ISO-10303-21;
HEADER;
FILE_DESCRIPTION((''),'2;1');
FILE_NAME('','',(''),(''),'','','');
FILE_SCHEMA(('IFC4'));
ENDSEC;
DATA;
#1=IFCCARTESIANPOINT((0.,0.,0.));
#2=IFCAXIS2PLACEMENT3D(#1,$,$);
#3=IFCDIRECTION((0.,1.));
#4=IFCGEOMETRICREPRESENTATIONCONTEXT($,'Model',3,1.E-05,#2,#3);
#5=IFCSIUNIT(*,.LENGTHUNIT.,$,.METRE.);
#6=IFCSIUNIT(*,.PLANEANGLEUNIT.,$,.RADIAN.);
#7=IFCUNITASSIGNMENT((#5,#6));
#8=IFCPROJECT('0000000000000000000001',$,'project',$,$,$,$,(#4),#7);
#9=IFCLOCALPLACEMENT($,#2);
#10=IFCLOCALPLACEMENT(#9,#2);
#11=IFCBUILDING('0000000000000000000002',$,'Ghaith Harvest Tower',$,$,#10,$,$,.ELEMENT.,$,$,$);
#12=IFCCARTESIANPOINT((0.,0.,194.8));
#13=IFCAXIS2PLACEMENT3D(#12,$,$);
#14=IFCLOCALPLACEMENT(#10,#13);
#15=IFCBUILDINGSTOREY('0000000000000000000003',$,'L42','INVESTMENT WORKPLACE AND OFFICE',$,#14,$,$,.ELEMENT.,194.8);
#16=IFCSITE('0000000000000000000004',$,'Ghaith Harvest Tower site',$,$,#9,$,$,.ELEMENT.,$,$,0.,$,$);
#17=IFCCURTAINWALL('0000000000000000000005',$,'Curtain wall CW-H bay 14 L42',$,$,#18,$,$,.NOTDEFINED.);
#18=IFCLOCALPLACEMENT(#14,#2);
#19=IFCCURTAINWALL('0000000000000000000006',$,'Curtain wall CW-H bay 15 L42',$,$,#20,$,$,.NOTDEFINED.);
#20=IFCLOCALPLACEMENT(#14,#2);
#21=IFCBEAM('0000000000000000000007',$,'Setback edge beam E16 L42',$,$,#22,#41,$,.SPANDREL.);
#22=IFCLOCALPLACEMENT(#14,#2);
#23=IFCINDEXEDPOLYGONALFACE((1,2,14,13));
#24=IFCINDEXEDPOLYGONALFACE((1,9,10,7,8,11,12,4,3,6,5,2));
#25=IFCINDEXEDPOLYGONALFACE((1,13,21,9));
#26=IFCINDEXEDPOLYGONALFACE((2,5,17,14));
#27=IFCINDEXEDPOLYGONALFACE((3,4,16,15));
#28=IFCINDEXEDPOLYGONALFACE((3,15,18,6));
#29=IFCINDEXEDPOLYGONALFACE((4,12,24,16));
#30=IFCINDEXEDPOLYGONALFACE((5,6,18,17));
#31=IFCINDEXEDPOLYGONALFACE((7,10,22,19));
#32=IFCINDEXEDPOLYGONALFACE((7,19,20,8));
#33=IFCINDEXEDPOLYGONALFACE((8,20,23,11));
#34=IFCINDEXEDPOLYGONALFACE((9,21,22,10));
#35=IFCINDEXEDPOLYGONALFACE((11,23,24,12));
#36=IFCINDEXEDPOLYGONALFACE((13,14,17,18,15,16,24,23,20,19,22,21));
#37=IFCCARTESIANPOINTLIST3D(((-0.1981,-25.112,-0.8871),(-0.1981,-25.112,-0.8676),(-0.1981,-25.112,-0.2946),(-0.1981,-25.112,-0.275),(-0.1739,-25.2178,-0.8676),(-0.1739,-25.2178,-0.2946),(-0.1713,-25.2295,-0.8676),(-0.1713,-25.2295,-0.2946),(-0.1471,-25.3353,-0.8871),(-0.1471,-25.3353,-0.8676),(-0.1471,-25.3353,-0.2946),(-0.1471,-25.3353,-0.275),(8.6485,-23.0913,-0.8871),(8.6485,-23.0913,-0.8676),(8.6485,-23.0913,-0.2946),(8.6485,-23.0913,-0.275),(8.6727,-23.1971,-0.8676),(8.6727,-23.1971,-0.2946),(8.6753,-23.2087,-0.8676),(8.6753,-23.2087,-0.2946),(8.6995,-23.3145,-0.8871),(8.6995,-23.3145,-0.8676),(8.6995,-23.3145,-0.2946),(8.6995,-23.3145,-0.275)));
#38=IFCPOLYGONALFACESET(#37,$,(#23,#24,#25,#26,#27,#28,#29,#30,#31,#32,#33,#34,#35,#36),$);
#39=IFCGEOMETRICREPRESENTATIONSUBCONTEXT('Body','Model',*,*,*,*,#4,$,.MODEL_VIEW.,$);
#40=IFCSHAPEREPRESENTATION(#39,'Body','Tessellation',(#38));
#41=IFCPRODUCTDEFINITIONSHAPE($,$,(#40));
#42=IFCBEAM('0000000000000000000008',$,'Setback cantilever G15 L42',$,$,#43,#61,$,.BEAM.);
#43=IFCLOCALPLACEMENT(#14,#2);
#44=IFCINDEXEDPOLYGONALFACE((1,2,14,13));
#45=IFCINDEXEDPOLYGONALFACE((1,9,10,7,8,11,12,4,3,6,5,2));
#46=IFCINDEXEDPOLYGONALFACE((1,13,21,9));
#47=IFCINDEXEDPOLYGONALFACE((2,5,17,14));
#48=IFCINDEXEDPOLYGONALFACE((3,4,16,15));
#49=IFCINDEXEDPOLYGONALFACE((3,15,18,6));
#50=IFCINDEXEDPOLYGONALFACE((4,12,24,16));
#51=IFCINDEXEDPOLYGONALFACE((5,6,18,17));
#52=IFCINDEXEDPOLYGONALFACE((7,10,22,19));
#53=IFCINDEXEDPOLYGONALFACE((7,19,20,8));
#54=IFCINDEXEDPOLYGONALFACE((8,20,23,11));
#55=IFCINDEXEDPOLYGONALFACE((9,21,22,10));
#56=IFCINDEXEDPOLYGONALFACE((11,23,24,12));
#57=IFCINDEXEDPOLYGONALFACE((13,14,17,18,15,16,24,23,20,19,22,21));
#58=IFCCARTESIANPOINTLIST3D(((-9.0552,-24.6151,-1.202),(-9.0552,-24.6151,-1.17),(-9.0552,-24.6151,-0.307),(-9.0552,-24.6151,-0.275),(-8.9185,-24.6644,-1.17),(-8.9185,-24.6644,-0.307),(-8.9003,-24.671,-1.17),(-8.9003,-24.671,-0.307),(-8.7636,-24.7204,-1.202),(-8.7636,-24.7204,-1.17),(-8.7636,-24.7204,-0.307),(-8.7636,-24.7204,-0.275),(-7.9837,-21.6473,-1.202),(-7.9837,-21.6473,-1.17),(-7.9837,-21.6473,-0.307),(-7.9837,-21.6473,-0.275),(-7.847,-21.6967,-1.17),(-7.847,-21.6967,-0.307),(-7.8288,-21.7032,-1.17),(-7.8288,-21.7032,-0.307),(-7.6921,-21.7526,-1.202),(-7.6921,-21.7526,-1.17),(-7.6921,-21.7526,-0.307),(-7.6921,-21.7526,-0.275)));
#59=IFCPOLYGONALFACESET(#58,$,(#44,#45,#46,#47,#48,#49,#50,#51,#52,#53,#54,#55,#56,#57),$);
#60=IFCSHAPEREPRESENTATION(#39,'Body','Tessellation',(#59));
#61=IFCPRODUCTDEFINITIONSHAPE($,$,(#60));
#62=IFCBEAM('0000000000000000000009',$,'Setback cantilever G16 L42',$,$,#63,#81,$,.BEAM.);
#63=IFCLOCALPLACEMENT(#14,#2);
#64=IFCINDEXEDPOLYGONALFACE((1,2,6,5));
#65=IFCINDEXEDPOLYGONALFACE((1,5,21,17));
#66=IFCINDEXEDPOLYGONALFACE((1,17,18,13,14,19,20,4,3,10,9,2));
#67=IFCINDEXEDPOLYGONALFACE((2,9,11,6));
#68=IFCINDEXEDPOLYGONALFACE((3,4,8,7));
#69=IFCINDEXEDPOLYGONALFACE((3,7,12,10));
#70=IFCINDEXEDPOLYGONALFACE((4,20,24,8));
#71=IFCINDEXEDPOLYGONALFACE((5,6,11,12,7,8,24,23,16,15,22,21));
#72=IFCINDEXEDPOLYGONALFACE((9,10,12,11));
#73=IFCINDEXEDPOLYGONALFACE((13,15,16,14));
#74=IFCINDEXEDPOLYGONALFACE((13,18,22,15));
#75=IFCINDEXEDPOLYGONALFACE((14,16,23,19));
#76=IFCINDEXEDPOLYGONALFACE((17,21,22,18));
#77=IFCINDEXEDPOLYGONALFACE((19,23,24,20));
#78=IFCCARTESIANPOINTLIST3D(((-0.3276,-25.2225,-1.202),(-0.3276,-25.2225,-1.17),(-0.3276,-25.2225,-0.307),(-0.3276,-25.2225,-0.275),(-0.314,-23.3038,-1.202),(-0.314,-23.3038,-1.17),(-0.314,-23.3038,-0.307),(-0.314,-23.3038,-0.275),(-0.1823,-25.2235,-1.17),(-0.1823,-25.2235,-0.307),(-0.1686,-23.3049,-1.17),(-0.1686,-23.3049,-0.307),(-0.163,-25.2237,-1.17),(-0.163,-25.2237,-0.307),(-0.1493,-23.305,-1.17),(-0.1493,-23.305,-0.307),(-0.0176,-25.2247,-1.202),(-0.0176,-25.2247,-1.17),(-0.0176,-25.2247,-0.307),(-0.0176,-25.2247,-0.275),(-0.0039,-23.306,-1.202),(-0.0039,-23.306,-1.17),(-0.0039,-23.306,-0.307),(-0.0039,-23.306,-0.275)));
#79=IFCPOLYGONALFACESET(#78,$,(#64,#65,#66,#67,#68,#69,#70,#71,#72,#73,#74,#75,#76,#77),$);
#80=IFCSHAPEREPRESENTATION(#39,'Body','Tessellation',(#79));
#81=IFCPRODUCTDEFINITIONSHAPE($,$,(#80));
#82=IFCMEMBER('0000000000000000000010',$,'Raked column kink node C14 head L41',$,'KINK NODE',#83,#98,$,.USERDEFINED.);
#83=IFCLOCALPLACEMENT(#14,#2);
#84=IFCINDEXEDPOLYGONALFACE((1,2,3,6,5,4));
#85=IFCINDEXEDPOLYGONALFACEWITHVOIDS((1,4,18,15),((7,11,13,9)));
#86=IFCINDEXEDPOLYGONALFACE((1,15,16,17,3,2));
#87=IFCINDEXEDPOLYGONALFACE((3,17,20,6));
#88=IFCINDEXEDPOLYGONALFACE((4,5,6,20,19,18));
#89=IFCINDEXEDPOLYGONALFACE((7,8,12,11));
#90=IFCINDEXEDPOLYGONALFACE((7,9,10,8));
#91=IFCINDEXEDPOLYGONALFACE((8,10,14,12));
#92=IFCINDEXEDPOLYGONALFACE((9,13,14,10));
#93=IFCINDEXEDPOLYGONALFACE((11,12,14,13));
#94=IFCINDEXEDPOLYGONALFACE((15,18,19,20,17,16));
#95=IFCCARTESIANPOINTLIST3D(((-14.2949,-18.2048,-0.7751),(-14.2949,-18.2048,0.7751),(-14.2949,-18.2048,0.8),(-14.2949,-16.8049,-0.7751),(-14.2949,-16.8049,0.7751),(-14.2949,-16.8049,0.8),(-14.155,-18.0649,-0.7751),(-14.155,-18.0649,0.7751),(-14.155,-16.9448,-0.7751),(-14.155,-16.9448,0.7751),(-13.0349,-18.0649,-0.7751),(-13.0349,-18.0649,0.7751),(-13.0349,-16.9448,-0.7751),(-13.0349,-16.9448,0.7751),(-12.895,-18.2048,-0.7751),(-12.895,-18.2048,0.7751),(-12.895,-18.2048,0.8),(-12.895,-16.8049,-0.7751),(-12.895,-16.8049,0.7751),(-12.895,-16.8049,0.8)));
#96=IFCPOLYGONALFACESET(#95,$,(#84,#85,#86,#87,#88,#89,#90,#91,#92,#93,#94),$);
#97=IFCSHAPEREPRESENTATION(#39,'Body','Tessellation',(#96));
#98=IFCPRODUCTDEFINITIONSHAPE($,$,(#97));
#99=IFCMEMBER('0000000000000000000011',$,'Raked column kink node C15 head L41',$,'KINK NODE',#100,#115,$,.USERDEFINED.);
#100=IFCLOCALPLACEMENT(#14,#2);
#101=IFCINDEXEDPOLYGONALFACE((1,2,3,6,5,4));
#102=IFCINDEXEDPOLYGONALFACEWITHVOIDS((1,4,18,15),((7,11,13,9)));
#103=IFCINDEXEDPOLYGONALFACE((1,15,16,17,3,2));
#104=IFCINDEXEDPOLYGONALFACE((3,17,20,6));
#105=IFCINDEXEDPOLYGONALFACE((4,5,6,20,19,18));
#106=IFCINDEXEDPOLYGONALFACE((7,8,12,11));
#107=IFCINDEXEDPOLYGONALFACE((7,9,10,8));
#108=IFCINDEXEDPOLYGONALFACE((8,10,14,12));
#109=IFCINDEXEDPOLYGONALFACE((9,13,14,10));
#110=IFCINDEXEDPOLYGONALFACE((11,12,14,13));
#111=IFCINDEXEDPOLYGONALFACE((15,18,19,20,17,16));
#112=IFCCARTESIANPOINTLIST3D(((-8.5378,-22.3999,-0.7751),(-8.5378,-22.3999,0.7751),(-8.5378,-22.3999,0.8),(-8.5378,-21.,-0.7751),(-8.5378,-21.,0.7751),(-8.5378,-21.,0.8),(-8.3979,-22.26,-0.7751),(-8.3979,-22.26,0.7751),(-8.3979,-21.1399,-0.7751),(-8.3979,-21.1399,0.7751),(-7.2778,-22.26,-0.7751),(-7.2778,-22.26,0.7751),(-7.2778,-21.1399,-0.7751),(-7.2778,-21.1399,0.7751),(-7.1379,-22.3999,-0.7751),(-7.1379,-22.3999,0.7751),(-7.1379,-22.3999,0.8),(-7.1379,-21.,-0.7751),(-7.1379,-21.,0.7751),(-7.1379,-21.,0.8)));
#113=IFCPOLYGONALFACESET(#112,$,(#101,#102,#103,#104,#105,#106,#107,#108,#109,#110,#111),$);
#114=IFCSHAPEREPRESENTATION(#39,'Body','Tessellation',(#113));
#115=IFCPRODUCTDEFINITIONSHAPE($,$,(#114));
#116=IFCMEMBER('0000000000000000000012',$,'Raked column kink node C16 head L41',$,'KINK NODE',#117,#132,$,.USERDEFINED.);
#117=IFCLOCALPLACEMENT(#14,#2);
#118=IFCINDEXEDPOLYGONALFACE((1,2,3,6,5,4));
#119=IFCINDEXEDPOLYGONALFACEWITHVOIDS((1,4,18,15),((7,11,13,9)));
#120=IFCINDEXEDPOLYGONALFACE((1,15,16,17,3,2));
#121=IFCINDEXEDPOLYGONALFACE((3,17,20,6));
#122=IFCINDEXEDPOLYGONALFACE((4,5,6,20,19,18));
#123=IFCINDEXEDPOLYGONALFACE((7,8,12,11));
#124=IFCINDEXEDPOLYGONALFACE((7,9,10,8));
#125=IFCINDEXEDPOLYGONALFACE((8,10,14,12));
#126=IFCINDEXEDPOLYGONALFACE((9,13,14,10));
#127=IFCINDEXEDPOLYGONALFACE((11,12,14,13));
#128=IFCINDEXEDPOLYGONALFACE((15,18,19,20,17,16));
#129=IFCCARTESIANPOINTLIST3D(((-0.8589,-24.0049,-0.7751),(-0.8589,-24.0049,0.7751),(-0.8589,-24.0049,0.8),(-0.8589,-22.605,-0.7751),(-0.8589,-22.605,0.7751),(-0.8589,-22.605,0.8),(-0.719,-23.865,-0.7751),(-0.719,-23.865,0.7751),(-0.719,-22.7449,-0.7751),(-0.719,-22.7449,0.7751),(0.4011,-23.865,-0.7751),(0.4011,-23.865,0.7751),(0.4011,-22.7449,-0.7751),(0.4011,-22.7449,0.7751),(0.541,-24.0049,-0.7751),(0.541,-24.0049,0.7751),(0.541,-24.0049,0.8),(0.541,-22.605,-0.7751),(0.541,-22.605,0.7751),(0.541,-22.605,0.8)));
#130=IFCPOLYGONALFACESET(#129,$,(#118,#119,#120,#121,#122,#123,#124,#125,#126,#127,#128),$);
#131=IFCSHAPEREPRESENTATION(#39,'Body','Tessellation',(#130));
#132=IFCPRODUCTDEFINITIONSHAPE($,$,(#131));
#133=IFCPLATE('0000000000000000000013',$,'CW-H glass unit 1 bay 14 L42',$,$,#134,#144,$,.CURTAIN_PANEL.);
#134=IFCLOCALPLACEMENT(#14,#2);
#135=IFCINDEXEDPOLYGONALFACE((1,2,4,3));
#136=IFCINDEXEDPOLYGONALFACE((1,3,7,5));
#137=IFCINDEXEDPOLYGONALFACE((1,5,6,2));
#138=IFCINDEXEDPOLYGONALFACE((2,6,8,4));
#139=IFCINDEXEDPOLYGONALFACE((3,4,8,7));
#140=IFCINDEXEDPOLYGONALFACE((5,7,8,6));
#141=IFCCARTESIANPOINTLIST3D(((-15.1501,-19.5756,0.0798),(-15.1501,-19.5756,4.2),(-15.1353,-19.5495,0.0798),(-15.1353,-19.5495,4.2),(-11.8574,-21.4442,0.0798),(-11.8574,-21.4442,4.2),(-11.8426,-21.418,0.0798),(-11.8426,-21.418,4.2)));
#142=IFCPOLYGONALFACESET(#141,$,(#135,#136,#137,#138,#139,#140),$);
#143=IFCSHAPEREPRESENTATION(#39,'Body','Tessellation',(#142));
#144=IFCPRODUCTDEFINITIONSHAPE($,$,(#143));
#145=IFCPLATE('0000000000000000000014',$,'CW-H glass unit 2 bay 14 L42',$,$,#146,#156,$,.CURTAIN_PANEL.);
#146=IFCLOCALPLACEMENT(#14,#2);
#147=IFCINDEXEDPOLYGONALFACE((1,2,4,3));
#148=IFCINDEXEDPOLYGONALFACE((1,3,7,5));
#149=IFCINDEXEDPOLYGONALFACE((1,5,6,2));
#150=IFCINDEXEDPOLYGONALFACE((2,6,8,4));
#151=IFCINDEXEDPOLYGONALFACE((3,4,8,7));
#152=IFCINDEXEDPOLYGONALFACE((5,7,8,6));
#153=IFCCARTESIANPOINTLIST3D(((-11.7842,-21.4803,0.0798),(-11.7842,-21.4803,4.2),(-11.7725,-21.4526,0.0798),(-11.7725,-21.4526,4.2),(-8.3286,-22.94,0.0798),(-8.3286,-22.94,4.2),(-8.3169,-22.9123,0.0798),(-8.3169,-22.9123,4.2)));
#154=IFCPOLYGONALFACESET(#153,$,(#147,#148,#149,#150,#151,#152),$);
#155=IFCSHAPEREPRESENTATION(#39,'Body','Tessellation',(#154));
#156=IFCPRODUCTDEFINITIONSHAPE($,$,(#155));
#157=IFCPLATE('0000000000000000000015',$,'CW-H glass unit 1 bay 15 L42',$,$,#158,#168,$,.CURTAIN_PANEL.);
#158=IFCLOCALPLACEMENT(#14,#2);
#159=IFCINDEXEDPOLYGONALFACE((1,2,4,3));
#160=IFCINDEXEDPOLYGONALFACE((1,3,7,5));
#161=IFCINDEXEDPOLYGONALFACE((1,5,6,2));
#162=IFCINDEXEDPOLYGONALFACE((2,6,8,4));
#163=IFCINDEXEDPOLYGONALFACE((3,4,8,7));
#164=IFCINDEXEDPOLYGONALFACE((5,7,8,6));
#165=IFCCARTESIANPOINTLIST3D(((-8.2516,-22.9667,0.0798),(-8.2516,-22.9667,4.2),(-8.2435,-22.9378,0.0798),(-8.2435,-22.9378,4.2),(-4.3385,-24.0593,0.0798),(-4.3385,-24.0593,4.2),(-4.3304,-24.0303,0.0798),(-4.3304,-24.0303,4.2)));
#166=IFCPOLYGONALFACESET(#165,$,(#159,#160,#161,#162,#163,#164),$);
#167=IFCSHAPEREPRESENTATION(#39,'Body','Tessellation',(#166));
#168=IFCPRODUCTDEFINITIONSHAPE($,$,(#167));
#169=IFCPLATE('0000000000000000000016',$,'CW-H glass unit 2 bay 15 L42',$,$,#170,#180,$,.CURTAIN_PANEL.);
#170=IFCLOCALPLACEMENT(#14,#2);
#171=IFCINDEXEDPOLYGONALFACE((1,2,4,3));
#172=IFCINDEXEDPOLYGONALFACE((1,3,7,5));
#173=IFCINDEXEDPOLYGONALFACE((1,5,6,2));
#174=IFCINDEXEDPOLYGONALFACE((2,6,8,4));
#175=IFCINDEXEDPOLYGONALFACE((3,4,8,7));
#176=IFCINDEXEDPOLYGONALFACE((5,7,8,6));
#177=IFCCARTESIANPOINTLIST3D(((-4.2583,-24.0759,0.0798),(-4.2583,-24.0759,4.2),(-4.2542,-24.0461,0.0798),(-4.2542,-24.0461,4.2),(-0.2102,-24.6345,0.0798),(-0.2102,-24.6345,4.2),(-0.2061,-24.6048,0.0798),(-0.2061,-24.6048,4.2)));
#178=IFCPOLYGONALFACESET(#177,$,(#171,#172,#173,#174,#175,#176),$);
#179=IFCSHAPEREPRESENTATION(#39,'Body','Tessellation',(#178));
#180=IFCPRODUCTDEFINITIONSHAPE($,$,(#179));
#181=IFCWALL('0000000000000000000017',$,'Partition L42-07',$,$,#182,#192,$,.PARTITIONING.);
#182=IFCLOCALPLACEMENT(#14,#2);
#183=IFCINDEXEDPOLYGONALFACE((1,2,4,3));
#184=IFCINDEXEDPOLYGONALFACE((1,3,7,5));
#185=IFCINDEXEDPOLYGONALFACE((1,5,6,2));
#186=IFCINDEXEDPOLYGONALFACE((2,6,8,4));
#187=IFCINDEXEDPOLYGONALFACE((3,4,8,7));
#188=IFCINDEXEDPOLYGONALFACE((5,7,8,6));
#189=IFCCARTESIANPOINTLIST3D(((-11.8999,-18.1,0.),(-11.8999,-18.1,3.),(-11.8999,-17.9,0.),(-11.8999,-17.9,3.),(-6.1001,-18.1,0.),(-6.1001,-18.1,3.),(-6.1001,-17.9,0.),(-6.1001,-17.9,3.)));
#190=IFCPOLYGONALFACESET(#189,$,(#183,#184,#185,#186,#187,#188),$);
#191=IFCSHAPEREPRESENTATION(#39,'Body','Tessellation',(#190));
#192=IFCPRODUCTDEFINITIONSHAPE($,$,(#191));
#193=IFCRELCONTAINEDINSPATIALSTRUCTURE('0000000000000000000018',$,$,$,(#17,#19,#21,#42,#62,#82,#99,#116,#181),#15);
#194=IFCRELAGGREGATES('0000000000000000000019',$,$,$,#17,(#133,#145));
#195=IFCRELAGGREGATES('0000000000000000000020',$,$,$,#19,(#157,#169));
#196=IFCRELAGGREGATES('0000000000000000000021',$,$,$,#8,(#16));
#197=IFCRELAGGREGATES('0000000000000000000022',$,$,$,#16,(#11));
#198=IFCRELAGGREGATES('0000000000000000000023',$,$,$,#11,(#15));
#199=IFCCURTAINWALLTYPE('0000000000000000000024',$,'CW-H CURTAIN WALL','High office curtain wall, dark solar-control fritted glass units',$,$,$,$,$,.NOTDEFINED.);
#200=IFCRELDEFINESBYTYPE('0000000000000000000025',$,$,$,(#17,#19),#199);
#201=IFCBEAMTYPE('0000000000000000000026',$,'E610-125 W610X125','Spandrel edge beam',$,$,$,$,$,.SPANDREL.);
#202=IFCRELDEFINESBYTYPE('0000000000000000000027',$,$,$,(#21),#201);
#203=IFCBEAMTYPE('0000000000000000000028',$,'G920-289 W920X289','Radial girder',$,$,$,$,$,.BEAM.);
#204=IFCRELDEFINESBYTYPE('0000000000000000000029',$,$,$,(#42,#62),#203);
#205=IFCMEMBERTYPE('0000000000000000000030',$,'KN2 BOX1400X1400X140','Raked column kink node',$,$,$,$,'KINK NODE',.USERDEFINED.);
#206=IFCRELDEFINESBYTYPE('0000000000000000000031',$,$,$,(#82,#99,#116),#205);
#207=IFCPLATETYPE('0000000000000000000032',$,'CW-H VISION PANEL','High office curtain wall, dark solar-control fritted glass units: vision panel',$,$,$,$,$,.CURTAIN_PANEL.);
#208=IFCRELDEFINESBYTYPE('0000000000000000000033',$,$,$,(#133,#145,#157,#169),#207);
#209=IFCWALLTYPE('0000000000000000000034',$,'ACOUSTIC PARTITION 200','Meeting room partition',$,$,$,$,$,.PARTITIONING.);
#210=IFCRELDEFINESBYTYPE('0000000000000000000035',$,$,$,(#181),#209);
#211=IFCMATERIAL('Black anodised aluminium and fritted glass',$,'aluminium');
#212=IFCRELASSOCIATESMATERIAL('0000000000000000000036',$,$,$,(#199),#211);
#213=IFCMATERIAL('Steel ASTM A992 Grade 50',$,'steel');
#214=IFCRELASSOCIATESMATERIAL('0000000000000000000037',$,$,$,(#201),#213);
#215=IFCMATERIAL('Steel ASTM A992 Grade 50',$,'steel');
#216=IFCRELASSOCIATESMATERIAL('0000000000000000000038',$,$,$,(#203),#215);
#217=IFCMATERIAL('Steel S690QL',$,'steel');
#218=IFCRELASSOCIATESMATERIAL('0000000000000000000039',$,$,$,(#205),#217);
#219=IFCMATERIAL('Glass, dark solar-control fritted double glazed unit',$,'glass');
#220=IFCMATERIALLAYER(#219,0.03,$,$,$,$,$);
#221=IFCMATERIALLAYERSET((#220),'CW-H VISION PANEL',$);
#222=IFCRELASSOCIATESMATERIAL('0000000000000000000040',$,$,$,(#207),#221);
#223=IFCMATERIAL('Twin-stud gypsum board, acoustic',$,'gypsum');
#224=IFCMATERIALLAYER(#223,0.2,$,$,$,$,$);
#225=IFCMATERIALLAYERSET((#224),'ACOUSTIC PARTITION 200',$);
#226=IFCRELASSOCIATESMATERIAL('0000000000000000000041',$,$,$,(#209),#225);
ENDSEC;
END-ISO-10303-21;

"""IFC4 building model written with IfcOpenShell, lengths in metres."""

from ifc_helpers import new_model, si_unit, direction, frame, frame_2d, origin, origin_2d, place, context, subcontext, project, spatial, rectangle, hollow_rectangle, i_section, extrude, boolean, material, layer, layer_set, material_profile, profile_set, type_object, element, aggregate, save


model = new_model("IFC4")

# Units and contexts
model_context = context("Model", 3, precision=1e-05, world=origin(), true_north=direction((0.0, 1.0)))
body_context = subcontext(model_context, "Body", "Model", "MODEL_VIEW")
ifc_project = project(units=[si_unit("LENGTHUNIT", "METRE"), si_unit("PLANEANGLEUNIT", "RADIAN")], contexts=[model_context])

# Site, building, storey
site_placement = place(None, origin())
site = spatial("IfcSite", under=ifc_project, at=site_placement, Name="Ghaith Harvest Tower site", CompositionType="ELEMENT", RefElevation=0.0)
building_placement = place(site_placement, origin())
building = spatial("IfcBuilding", under=site, at=building_placement, Name="Ghaith Harvest Tower", CompositionType="ELEMENT")
storey_placement = place(building_placement, frame((0.0, 0.0, 194.8)))
storey = spatial("IfcBuildingStorey", under=building, at=storey_placement, Name="L42", Description="INVESTMENT WORKPLACE AND OFFICE", CompositionType="ELEMENT", Elevation=194.8)

# Curtain wall
ifc_material_1 = material(Name="Black anodised aluminium and fritted glass", Category="aluminium")
curtain_wall_type = type_object("IfcCurtainWallType", Name="CW-H CURTAIN WALL", Description="High office curtain wall, dark solar-control fritted glass units", PredefinedType="NOTDEFINED", material=ifc_material_1)
curtain_wall_1_placement = place(storey_placement, origin())
curtain_wall_1 = element("IfcCurtainWall", 1, at=curtain_wall_1_placement, inside=storey, type_object=curtain_wall_type, Name="Curtain wall CW-H bay 14 L42", PredefinedType="NOTDEFINED")

# Curtain wall
curtain_wall_2_placement = place(storey_placement, origin())
curtain_wall_2 = element("IfcCurtainWall", 2, at=curtain_wall_2_placement, inside=storey, type_object=curtain_wall_type, Name="Curtain wall CW-H bay 15 L42", PredefinedType="NOTDEFINED")

# Beams
ifc_material_2 = material(Name="Steel ASTM A992 Grade 50", Category="steel")
ifc_material_profile_1 = material_profile(ifc_material_2, i_section(OverallWidth=0.229, OverallDepth=0.6121, WebThickness=0.012, FlangeThickness=0.0195, at=origin_2d()), Name="W610X125")
ifc_profile_set_1 = profile_set([ifc_material_profile_1], Name="Steel ASTM A992 Grade 50")
beam_type_1 = type_object("IfcBeamType", Name="E610-125 W610X125", Description="Spandrel edge beam", PredefinedType="SPANDREL", material=ifc_profile_set_1)
beam_1_placement = place(storey_placement, frame((-0.1726, -25.2236, -0.5811), z_axis=(0.974891, 0.222684, 0.0), x_axis=(-0.222684, 0.974891, 0.0)))
element("IfcBeam", 3, at=beam_1_placement, inside=storey, type_object=beam_type_1, Name="Setback edge beam E16 L42", PredefinedType="SPANDREL", context=body_context, shape_type="SweptSolid", body=[
    extrude(i_section(OverallWidth=0.229, OverallDepth=0.6121, WebThickness=0.012, FlangeThickness=0.0195, at=origin_2d()), origin(), (0.0, 0.0, 1.0), 9.0745),
])
ifc_material_3 = material(Name="Steel ASTM A992 Grade 50", Category="steel")
ifc_material_profile_2 = material_profile(ifc_material_3, i_section(OverallWidth=0.3101, OverallDepth=0.927, WebThickness=0.0193, FlangeThickness=0.032, at=origin_2d()), Name="W920X289")
ifc_profile_set_2 = profile_set([ifc_material_profile_2], Name="Steel ASTM A992 Grade 50")
beam_type_2 = type_object("IfcBeamType", Name="G920-289 W920X289", Description="Radial girder", PredefinedType="BEAM", material=ifc_profile_set_2)
beam_2_placement = place(storey_placement, frame((-7.8379, -21.7, -0.7385), z_axis=(-0.339599, -0.94057, 0.0), x_axis=(0.94057, -0.339599, 0.0)))
element("IfcBeam", 4, at=beam_2_placement, inside=storey, type_object=beam_type_2, Name="Setback cantilever G15 L42", PredefinedType="BEAM", context=body_context, shape_type="SweptSolid", body=[
    extrude(i_section(OverallWidth=0.3101, OverallDepth=0.927, WebThickness=0.0193, FlangeThickness=0.032, at=origin_2d()), origin(), (0.0, 0.0, 1.0), 3.1553),
])
beam_3_placement = place(storey_placement, frame((-0.1589, -23.3049, -0.7385), z_axis=(-0.007125, -0.999975, 0.0), x_axis=(0.999975, -0.007125, 0.0)))
element("IfcBeam", 5, at=beam_3_placement, inside=storey, type_object=beam_type_2, Name="Setback cantilever G16 L42", PredefinedType="BEAM", context=body_context, shape_type="SweptSolid", body=[
    extrude(i_section(OverallWidth=0.3101, OverallDepth=0.927, WebThickness=0.0193, FlangeThickness=0.032, at=origin_2d()), origin(), (0.0, 0.0, 1.0), 1.9187),
])

# Members
ifc_material_4 = material(Name="Steel S690QL", Category="steel")
ifc_material_profile_3 = material_profile(ifc_material_4, hollow_rectangle(XDim=1.3999, YDim=1.3999, WallThickness=0.1399, at=origin_2d()), Name="BOX1400X1400X140")
ifc_profile_set_3 = profile_set([ifc_material_profile_3], Name="Steel S690QL")
member_type_1 = type_object("IfcMemberType", Name="KN2 BOX1400X1400X140", Description="Raked column kink node", ElementType="KINK NODE", PredefinedType="USERDEFINED", material=ifc_profile_set_3)
for number, where, z_axis, x_axis, name in (
    (6, (-13.595, -17.5049, -0.7751), (0.0, 0.0, 1.0), (1.0, 0.0, 0.0), "Raked column kink node C14 head L41"),
    (7, (-7.8379, -21.7, -0.7751), (0.0, 0.0, 1.0), (1.0, 0.0, 0.0), "Raked column kink node C15 head L41"),
    (8, (-0.1589, -23.3049, -0.7751), (0.0, 0.0, 1.0), (1.0, 0.0, 0.0), "Raked column kink node C16 head L41"),
):
    element("IfcMember", number, at=place(storey_placement, frame(where, z_axis=z_axis, x_axis=x_axis)), inside=storey, type_object=member_type_1, Name=name, ObjectType="KINK NODE", PredefinedType="USERDEFINED", context=body_context, shape_type="CSG", body=[
        boolean("UNION", extrude(hollow_rectangle(XDim=1.3999, YDim=1.3999, WallThickness=0.1399, at=origin_2d()), origin(), (0.0, 0.0, 1.0), 1.5503), extrude(rectangle(XDim=1.3999, YDim=1.3999, at=origin_2d()), frame((0.0, 0.0, 1.5503)), (0.0, 0.0, 1.0), 0.0249)),
    ])

# Plates
ifc_material_5 = material(Name="Glass, dark solar-control fritted double glazed unit", Category="glass")
ifc_layer_1 = layer(ifc_material_5, 0.03)
ifc_layer_set_1 = layer_set([ifc_layer_1], Name="CW-H VISION PANEL")
plate_type = type_object("IfcPlateType", Name="CW-H VISION PANEL", Description="High office curtain wall, dark solar-control fritted glass units: vision panel", PredefinedType="CURTAIN_PANEL", material=ifc_layer_set_1)
plate_1_placement = place(storey_placement, frame((-13.4963, -20.4968, 0.0798), z_axis=(0.0, 0.0, 1.0), x_axis=(0.869715, -0.493554, 0.0)))
plate_1 = element("IfcPlate", 9, at=plate_1_placement, type_object=plate_type, Name="CW-H glass unit 1 bay 14 L42", PredefinedType="CURTAIN_PANEL", context=body_context, shape_type="SweptSolid", body=[
    extrude(rectangle(XDim=3.7859, YDim=0.03, at=origin_2d()), origin(), (0.0, 0.0, 1.0), 4.1201),
])
plate_2_placement = place(storey_placement, frame((-10.0505, -22.1963, 0.0798), z_axis=(0.0, 0.0, 1.0), x_axis=(0.921182, -0.389133, 0.0)))
plate_2 = element("IfcPlate", 10, at=plate_2_placement, type_object=plate_type, Name="CW-H glass unit 2 bay 14 L42", PredefinedType="CURTAIN_PANEL", context=body_context, shape_type="SweptSolid", body=[
    extrude(rectangle(XDim=3.7512, YDim=0.03, at=origin_2d()), origin(), (0.0, 0.0, 1.0), 4.1201),
])
aggregate(curtain_wall_1, [plate_1, plate_2])
plate_3_placement = place(storey_placement, frame((-6.291, -23.4985, 0.0798), z_axis=(0.0, 0.0, 1.0), x_axis=(0.963163, -0.268919, 0.0)))
plate_3 = element("IfcPlate", 11, at=plate_3_placement, type_object=plate_type, Name="CW-H glass unit 1 bay 15 L42", PredefinedType="CURTAIN_PANEL", context=body_context, shape_type="SweptSolid", body=[
    extrude(rectangle(XDim=4.0627, YDim=0.03, at=origin_2d()), origin(), (0.0, 0.0, 1.0), 4.1201),
])
plate_4_placement = place(storey_placement, frame((-2.2322, -24.3403, 0.0798), z_axis=(0.0, 0.0, 1.0), x_axis=(0.990612, -0.136702, 0.0)))
plate_4 = element("IfcPlate", 12, at=plate_4_placement, type_object=plate_type, Name="CW-H glass unit 2 bay 15 L42", PredefinedType="CURTAIN_PANEL", context=body_context, shape_type="SweptSolid", body=[
    extrude(rectangle(XDim=4.0864, YDim=0.03, at=origin_2d()), origin(), (0.0, 0.0, 1.0), 4.1201),
])
aggregate(curtain_wall_2, [plate_3, plate_4])

# Wall
ifc_material_6 = material(Name="Twin-stud gypsum board, acoustic", Category="gypsum")
ifc_layer_2 = layer(ifc_material_6, 0.2)
ifc_layer_set_2 = layer_set([ifc_layer_2], Name="ACOUSTIC PARTITION 200")
wall_type_1 = type_object("IfcWallType", Name="ACOUSTIC PARTITION 200", Description="Meeting room partition", PredefinedType="PARTITIONING", material=ifc_layer_set_2)
for number, where, z_axis, x_axis, name in (
    (13, (-11.8999, -18.0, 0.0), (0.0, 0.0, 1.0), (1.0, 0.0, 0.0), "Partition L42-07"),
):
    element("IfcWall", number, at=place(storey_placement, frame(where, z_axis=z_axis, x_axis=x_axis)), inside=storey, type_object=wall_type_1, Name=name, PredefinedType="PARTITIONING", context=body_context, shape_type="SweptSolid", body=[
        extrude(rectangle(XDim=5.7998, YDim=0.2, at=frame_2d((2.8999, 0.0))), origin(), (0.0, 0.0, 1.0), 3.0),
    ])

save(model, "model.ifc")
